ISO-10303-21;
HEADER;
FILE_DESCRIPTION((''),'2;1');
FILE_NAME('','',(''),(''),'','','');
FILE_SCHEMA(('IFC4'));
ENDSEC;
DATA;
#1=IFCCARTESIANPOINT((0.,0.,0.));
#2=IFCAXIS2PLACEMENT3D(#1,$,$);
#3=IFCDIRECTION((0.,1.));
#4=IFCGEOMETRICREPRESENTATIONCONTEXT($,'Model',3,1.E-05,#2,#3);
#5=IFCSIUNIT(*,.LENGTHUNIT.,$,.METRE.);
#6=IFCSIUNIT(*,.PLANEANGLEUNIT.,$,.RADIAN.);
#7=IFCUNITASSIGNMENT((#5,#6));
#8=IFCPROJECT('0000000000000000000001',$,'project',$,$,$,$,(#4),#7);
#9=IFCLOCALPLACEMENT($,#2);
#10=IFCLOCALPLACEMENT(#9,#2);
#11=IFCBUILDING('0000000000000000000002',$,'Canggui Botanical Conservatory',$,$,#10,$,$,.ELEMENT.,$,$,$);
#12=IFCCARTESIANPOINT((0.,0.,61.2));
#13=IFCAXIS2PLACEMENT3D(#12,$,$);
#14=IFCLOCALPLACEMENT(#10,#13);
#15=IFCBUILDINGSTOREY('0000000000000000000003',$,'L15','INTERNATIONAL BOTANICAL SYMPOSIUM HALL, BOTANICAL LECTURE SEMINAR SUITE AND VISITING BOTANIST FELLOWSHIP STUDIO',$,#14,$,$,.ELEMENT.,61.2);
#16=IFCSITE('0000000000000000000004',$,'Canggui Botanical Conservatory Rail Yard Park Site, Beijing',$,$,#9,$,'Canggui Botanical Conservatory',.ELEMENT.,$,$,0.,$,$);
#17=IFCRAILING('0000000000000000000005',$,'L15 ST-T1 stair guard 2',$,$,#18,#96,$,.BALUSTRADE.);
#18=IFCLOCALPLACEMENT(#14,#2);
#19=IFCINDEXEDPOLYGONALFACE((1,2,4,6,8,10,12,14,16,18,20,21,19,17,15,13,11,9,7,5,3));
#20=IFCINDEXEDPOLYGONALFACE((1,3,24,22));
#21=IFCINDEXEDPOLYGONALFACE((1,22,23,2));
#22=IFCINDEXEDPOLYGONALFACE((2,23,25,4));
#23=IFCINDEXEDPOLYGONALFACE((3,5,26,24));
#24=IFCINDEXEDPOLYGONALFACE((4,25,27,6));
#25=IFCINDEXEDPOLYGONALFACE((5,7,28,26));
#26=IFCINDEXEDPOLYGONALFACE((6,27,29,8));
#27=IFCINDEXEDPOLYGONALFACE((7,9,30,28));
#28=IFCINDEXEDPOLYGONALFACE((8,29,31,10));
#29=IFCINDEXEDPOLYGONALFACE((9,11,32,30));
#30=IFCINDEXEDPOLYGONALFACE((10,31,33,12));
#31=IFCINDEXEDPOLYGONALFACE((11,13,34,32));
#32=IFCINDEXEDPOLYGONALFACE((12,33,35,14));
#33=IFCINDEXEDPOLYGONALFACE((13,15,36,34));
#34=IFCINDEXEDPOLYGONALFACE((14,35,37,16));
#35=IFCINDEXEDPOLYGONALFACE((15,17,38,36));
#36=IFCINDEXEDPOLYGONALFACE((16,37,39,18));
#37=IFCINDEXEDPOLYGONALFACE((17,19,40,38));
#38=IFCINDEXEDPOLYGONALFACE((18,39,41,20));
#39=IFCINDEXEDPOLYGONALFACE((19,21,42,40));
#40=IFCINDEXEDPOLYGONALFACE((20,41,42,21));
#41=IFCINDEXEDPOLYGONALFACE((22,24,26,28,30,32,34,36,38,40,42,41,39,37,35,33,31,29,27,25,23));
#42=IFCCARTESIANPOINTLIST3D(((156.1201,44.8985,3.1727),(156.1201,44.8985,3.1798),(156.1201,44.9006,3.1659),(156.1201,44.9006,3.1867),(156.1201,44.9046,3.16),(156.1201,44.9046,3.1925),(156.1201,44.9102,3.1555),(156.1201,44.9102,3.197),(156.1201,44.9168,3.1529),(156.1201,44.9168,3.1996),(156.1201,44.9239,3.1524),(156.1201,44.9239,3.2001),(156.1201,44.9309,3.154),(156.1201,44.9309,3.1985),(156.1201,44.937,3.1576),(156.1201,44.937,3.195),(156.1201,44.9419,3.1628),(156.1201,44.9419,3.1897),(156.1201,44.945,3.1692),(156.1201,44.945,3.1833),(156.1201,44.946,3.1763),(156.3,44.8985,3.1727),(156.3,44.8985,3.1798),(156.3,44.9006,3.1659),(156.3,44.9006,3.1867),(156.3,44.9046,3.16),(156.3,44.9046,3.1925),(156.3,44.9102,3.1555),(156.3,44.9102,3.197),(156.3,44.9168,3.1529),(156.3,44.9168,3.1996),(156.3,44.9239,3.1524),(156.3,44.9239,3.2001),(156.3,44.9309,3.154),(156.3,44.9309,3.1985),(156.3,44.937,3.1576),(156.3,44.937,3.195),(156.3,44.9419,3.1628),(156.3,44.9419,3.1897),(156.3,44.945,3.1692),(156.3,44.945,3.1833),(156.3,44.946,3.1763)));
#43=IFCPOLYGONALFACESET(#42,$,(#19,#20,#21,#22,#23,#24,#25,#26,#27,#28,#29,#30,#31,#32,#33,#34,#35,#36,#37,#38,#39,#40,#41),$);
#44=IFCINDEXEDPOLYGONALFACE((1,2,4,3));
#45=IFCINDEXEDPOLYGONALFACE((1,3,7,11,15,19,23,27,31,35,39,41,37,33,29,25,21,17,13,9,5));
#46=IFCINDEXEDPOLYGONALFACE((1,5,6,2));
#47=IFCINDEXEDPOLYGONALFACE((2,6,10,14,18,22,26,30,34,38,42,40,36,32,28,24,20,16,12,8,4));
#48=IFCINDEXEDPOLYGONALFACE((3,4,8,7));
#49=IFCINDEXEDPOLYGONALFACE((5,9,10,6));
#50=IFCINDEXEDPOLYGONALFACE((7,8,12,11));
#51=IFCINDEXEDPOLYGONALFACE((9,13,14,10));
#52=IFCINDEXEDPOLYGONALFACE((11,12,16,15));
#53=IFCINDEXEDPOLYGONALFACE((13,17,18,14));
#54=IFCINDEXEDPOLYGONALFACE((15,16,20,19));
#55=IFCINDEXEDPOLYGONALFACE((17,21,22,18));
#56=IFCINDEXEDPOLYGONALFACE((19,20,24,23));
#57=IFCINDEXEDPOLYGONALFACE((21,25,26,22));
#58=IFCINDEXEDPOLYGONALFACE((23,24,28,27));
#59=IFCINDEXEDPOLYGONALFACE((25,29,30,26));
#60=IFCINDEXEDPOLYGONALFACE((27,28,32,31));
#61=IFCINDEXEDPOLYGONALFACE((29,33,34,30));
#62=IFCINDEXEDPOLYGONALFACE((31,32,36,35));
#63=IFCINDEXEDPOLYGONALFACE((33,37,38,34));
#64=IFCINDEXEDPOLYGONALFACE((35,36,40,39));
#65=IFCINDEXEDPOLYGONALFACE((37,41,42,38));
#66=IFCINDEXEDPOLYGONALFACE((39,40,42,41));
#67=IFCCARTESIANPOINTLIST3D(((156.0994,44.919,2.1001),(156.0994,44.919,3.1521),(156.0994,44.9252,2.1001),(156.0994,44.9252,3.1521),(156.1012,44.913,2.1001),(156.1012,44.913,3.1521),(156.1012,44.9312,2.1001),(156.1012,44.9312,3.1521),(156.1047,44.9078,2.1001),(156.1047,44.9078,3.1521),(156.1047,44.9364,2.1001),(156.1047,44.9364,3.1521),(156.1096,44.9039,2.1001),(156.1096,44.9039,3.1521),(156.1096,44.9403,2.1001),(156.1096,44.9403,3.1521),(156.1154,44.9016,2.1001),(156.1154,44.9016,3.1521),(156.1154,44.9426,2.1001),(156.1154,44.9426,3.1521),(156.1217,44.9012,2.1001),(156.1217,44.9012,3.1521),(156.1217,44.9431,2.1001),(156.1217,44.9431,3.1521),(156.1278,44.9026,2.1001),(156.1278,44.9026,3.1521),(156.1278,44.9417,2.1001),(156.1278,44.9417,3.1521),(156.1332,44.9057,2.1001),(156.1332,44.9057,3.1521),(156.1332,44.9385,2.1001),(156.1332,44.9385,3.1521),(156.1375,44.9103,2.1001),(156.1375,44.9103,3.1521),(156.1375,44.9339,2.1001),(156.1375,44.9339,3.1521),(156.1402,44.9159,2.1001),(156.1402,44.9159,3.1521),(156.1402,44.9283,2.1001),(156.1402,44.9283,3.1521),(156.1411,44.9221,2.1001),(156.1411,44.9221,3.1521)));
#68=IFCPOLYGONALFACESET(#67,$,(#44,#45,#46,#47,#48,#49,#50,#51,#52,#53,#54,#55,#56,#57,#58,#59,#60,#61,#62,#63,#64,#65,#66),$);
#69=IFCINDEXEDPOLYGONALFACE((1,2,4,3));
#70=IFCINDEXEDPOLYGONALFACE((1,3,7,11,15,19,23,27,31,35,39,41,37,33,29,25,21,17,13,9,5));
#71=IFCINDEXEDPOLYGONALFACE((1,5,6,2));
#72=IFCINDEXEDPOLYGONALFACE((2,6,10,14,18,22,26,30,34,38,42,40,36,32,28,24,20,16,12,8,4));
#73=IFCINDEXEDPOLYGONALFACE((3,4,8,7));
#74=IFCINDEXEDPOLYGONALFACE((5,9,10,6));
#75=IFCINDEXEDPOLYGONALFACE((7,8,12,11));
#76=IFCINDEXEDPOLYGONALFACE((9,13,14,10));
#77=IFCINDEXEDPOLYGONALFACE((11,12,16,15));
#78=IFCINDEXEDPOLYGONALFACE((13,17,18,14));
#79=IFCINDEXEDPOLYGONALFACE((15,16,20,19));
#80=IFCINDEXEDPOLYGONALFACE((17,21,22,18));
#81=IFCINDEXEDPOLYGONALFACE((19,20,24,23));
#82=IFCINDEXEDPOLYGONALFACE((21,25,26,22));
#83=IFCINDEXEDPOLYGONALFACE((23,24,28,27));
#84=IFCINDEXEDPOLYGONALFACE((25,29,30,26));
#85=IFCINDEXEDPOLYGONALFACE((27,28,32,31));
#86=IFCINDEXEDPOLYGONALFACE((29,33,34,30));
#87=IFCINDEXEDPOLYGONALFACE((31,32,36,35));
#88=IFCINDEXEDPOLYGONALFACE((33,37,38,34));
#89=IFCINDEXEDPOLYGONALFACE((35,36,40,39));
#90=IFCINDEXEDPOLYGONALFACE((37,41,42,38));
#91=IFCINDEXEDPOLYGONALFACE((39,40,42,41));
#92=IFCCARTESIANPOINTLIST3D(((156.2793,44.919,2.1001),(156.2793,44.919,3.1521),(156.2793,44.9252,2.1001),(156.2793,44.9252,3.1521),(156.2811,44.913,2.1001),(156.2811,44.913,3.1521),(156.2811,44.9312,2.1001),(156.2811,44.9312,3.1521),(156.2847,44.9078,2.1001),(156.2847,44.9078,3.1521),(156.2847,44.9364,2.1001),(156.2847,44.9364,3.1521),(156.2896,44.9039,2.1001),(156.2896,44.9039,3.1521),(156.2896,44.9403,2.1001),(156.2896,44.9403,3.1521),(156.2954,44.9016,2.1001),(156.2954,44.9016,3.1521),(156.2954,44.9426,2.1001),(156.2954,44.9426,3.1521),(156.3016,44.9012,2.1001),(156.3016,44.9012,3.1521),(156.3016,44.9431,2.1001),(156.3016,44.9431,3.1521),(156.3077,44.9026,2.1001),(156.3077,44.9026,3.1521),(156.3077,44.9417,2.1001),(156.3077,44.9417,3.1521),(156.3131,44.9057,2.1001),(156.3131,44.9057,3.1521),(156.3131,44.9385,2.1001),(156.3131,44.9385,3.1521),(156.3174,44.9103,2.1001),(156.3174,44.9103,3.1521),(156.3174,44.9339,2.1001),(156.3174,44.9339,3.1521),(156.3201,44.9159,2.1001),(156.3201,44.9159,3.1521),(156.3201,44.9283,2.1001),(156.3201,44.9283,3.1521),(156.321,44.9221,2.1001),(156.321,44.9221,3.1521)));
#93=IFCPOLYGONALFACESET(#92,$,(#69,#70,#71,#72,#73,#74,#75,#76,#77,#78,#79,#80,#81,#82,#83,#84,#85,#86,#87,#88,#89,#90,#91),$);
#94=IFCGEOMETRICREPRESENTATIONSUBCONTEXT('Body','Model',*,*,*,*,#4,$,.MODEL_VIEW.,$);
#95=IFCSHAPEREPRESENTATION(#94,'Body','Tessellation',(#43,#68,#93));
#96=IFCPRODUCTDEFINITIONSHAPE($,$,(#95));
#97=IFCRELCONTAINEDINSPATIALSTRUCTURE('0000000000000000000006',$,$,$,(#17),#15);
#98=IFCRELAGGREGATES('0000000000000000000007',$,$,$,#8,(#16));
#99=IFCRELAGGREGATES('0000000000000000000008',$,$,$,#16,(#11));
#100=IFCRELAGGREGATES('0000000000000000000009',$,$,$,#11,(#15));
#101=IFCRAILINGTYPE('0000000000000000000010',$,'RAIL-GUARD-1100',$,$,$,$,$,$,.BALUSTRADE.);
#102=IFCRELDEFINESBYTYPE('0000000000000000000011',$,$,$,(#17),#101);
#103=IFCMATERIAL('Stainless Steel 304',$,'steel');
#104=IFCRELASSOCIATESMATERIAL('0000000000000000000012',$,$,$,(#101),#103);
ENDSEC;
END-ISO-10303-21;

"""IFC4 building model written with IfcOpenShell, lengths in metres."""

from ifc_helpers import new_model, si_unit, direction, frame, origin, origin_2d, place, context, subcontext, project, spatial, circle, extrude, material, type_object, element, save


model = new_model("IFC4")

# Units and contexts
model_context = context("Model", 3, precision=1e-05, world=origin(), true_north=direction((0.0, 1.0)))
body_context = subcontext(model_context, "Body", "Model", "MODEL_VIEW")
ifc_project = project(units=[si_unit("LENGTHUNIT", "METRE"), si_unit("PLANEANGLEUNIT", "RADIAN")], contexts=[model_context])

# Site, building, storey
site_placement = place(None, origin())
site = spatial("IfcSite", under=ifc_project, at=site_placement, Name="Canggui Botanical Conservatory Rail Yard Park Site, Beijing", LongName="Canggui Botanical Conservatory", CompositionType="ELEMENT", RefElevation=0.0)
building_placement = place(site_placement, origin())
building = spatial("IfcBuilding", under=site, at=building_placement, Name="Canggui Botanical Conservatory", CompositionType="ELEMENT")
storey_placement = place(building_placement, frame((0.0, 0.0, 61.2)))
storey = spatial("IfcBuildingStorey", under=building, at=storey_placement, Name="L15", Description="INTERNATIONAL BOTANICAL SYMPOSIUM HALL, BOTANICAL LECTURE SEMINAR SUITE AND VISITING BOTANIST FELLOWSHIP STUDIO", CompositionType="ELEMENT", Elevation=61.2)

# Railing
ifc_material_1 = material(Name="Stainless Steel 304", Category="steel")
railing_type_1 = type_object("IfcRailingType", Name="RAIL-GUARD-1100", PredefinedType="BALUSTRADE", material=ifc_material_1)
railing_1_placement = place(storey_placement, frame((156.1201, 44.9221, 2.1001)))
element("IfcRailing", 1, at=railing_1_placement, inside=storey, type_object=railing_type_1, Name="L15 ST-T1 stair guard 2", PredefinedType="BALUSTRADE", context=body_context, shape_type="SweptSolid", body=[
    extrude(circle(Radius=0.0239, at=origin_2d()), frame((0.0, 0.0, 1.0762), z_axis=(1.0, 0.0, 0.0), x_axis=(0.0, 1.0, 0.0)), (0.0, 0.0, 1.0), 0.1799),
    extrude(circle(Radius=0.021, at=origin_2d()), origin(), (0.0, 0.0, 1.0), 1.052),
    extrude(circle(Radius=0.021, at=origin_2d()), frame((0.1799, 0.0, 0.0)), (0.0, 0.0, 1.0), 1.052),
])

save(model, "model.ifc")
